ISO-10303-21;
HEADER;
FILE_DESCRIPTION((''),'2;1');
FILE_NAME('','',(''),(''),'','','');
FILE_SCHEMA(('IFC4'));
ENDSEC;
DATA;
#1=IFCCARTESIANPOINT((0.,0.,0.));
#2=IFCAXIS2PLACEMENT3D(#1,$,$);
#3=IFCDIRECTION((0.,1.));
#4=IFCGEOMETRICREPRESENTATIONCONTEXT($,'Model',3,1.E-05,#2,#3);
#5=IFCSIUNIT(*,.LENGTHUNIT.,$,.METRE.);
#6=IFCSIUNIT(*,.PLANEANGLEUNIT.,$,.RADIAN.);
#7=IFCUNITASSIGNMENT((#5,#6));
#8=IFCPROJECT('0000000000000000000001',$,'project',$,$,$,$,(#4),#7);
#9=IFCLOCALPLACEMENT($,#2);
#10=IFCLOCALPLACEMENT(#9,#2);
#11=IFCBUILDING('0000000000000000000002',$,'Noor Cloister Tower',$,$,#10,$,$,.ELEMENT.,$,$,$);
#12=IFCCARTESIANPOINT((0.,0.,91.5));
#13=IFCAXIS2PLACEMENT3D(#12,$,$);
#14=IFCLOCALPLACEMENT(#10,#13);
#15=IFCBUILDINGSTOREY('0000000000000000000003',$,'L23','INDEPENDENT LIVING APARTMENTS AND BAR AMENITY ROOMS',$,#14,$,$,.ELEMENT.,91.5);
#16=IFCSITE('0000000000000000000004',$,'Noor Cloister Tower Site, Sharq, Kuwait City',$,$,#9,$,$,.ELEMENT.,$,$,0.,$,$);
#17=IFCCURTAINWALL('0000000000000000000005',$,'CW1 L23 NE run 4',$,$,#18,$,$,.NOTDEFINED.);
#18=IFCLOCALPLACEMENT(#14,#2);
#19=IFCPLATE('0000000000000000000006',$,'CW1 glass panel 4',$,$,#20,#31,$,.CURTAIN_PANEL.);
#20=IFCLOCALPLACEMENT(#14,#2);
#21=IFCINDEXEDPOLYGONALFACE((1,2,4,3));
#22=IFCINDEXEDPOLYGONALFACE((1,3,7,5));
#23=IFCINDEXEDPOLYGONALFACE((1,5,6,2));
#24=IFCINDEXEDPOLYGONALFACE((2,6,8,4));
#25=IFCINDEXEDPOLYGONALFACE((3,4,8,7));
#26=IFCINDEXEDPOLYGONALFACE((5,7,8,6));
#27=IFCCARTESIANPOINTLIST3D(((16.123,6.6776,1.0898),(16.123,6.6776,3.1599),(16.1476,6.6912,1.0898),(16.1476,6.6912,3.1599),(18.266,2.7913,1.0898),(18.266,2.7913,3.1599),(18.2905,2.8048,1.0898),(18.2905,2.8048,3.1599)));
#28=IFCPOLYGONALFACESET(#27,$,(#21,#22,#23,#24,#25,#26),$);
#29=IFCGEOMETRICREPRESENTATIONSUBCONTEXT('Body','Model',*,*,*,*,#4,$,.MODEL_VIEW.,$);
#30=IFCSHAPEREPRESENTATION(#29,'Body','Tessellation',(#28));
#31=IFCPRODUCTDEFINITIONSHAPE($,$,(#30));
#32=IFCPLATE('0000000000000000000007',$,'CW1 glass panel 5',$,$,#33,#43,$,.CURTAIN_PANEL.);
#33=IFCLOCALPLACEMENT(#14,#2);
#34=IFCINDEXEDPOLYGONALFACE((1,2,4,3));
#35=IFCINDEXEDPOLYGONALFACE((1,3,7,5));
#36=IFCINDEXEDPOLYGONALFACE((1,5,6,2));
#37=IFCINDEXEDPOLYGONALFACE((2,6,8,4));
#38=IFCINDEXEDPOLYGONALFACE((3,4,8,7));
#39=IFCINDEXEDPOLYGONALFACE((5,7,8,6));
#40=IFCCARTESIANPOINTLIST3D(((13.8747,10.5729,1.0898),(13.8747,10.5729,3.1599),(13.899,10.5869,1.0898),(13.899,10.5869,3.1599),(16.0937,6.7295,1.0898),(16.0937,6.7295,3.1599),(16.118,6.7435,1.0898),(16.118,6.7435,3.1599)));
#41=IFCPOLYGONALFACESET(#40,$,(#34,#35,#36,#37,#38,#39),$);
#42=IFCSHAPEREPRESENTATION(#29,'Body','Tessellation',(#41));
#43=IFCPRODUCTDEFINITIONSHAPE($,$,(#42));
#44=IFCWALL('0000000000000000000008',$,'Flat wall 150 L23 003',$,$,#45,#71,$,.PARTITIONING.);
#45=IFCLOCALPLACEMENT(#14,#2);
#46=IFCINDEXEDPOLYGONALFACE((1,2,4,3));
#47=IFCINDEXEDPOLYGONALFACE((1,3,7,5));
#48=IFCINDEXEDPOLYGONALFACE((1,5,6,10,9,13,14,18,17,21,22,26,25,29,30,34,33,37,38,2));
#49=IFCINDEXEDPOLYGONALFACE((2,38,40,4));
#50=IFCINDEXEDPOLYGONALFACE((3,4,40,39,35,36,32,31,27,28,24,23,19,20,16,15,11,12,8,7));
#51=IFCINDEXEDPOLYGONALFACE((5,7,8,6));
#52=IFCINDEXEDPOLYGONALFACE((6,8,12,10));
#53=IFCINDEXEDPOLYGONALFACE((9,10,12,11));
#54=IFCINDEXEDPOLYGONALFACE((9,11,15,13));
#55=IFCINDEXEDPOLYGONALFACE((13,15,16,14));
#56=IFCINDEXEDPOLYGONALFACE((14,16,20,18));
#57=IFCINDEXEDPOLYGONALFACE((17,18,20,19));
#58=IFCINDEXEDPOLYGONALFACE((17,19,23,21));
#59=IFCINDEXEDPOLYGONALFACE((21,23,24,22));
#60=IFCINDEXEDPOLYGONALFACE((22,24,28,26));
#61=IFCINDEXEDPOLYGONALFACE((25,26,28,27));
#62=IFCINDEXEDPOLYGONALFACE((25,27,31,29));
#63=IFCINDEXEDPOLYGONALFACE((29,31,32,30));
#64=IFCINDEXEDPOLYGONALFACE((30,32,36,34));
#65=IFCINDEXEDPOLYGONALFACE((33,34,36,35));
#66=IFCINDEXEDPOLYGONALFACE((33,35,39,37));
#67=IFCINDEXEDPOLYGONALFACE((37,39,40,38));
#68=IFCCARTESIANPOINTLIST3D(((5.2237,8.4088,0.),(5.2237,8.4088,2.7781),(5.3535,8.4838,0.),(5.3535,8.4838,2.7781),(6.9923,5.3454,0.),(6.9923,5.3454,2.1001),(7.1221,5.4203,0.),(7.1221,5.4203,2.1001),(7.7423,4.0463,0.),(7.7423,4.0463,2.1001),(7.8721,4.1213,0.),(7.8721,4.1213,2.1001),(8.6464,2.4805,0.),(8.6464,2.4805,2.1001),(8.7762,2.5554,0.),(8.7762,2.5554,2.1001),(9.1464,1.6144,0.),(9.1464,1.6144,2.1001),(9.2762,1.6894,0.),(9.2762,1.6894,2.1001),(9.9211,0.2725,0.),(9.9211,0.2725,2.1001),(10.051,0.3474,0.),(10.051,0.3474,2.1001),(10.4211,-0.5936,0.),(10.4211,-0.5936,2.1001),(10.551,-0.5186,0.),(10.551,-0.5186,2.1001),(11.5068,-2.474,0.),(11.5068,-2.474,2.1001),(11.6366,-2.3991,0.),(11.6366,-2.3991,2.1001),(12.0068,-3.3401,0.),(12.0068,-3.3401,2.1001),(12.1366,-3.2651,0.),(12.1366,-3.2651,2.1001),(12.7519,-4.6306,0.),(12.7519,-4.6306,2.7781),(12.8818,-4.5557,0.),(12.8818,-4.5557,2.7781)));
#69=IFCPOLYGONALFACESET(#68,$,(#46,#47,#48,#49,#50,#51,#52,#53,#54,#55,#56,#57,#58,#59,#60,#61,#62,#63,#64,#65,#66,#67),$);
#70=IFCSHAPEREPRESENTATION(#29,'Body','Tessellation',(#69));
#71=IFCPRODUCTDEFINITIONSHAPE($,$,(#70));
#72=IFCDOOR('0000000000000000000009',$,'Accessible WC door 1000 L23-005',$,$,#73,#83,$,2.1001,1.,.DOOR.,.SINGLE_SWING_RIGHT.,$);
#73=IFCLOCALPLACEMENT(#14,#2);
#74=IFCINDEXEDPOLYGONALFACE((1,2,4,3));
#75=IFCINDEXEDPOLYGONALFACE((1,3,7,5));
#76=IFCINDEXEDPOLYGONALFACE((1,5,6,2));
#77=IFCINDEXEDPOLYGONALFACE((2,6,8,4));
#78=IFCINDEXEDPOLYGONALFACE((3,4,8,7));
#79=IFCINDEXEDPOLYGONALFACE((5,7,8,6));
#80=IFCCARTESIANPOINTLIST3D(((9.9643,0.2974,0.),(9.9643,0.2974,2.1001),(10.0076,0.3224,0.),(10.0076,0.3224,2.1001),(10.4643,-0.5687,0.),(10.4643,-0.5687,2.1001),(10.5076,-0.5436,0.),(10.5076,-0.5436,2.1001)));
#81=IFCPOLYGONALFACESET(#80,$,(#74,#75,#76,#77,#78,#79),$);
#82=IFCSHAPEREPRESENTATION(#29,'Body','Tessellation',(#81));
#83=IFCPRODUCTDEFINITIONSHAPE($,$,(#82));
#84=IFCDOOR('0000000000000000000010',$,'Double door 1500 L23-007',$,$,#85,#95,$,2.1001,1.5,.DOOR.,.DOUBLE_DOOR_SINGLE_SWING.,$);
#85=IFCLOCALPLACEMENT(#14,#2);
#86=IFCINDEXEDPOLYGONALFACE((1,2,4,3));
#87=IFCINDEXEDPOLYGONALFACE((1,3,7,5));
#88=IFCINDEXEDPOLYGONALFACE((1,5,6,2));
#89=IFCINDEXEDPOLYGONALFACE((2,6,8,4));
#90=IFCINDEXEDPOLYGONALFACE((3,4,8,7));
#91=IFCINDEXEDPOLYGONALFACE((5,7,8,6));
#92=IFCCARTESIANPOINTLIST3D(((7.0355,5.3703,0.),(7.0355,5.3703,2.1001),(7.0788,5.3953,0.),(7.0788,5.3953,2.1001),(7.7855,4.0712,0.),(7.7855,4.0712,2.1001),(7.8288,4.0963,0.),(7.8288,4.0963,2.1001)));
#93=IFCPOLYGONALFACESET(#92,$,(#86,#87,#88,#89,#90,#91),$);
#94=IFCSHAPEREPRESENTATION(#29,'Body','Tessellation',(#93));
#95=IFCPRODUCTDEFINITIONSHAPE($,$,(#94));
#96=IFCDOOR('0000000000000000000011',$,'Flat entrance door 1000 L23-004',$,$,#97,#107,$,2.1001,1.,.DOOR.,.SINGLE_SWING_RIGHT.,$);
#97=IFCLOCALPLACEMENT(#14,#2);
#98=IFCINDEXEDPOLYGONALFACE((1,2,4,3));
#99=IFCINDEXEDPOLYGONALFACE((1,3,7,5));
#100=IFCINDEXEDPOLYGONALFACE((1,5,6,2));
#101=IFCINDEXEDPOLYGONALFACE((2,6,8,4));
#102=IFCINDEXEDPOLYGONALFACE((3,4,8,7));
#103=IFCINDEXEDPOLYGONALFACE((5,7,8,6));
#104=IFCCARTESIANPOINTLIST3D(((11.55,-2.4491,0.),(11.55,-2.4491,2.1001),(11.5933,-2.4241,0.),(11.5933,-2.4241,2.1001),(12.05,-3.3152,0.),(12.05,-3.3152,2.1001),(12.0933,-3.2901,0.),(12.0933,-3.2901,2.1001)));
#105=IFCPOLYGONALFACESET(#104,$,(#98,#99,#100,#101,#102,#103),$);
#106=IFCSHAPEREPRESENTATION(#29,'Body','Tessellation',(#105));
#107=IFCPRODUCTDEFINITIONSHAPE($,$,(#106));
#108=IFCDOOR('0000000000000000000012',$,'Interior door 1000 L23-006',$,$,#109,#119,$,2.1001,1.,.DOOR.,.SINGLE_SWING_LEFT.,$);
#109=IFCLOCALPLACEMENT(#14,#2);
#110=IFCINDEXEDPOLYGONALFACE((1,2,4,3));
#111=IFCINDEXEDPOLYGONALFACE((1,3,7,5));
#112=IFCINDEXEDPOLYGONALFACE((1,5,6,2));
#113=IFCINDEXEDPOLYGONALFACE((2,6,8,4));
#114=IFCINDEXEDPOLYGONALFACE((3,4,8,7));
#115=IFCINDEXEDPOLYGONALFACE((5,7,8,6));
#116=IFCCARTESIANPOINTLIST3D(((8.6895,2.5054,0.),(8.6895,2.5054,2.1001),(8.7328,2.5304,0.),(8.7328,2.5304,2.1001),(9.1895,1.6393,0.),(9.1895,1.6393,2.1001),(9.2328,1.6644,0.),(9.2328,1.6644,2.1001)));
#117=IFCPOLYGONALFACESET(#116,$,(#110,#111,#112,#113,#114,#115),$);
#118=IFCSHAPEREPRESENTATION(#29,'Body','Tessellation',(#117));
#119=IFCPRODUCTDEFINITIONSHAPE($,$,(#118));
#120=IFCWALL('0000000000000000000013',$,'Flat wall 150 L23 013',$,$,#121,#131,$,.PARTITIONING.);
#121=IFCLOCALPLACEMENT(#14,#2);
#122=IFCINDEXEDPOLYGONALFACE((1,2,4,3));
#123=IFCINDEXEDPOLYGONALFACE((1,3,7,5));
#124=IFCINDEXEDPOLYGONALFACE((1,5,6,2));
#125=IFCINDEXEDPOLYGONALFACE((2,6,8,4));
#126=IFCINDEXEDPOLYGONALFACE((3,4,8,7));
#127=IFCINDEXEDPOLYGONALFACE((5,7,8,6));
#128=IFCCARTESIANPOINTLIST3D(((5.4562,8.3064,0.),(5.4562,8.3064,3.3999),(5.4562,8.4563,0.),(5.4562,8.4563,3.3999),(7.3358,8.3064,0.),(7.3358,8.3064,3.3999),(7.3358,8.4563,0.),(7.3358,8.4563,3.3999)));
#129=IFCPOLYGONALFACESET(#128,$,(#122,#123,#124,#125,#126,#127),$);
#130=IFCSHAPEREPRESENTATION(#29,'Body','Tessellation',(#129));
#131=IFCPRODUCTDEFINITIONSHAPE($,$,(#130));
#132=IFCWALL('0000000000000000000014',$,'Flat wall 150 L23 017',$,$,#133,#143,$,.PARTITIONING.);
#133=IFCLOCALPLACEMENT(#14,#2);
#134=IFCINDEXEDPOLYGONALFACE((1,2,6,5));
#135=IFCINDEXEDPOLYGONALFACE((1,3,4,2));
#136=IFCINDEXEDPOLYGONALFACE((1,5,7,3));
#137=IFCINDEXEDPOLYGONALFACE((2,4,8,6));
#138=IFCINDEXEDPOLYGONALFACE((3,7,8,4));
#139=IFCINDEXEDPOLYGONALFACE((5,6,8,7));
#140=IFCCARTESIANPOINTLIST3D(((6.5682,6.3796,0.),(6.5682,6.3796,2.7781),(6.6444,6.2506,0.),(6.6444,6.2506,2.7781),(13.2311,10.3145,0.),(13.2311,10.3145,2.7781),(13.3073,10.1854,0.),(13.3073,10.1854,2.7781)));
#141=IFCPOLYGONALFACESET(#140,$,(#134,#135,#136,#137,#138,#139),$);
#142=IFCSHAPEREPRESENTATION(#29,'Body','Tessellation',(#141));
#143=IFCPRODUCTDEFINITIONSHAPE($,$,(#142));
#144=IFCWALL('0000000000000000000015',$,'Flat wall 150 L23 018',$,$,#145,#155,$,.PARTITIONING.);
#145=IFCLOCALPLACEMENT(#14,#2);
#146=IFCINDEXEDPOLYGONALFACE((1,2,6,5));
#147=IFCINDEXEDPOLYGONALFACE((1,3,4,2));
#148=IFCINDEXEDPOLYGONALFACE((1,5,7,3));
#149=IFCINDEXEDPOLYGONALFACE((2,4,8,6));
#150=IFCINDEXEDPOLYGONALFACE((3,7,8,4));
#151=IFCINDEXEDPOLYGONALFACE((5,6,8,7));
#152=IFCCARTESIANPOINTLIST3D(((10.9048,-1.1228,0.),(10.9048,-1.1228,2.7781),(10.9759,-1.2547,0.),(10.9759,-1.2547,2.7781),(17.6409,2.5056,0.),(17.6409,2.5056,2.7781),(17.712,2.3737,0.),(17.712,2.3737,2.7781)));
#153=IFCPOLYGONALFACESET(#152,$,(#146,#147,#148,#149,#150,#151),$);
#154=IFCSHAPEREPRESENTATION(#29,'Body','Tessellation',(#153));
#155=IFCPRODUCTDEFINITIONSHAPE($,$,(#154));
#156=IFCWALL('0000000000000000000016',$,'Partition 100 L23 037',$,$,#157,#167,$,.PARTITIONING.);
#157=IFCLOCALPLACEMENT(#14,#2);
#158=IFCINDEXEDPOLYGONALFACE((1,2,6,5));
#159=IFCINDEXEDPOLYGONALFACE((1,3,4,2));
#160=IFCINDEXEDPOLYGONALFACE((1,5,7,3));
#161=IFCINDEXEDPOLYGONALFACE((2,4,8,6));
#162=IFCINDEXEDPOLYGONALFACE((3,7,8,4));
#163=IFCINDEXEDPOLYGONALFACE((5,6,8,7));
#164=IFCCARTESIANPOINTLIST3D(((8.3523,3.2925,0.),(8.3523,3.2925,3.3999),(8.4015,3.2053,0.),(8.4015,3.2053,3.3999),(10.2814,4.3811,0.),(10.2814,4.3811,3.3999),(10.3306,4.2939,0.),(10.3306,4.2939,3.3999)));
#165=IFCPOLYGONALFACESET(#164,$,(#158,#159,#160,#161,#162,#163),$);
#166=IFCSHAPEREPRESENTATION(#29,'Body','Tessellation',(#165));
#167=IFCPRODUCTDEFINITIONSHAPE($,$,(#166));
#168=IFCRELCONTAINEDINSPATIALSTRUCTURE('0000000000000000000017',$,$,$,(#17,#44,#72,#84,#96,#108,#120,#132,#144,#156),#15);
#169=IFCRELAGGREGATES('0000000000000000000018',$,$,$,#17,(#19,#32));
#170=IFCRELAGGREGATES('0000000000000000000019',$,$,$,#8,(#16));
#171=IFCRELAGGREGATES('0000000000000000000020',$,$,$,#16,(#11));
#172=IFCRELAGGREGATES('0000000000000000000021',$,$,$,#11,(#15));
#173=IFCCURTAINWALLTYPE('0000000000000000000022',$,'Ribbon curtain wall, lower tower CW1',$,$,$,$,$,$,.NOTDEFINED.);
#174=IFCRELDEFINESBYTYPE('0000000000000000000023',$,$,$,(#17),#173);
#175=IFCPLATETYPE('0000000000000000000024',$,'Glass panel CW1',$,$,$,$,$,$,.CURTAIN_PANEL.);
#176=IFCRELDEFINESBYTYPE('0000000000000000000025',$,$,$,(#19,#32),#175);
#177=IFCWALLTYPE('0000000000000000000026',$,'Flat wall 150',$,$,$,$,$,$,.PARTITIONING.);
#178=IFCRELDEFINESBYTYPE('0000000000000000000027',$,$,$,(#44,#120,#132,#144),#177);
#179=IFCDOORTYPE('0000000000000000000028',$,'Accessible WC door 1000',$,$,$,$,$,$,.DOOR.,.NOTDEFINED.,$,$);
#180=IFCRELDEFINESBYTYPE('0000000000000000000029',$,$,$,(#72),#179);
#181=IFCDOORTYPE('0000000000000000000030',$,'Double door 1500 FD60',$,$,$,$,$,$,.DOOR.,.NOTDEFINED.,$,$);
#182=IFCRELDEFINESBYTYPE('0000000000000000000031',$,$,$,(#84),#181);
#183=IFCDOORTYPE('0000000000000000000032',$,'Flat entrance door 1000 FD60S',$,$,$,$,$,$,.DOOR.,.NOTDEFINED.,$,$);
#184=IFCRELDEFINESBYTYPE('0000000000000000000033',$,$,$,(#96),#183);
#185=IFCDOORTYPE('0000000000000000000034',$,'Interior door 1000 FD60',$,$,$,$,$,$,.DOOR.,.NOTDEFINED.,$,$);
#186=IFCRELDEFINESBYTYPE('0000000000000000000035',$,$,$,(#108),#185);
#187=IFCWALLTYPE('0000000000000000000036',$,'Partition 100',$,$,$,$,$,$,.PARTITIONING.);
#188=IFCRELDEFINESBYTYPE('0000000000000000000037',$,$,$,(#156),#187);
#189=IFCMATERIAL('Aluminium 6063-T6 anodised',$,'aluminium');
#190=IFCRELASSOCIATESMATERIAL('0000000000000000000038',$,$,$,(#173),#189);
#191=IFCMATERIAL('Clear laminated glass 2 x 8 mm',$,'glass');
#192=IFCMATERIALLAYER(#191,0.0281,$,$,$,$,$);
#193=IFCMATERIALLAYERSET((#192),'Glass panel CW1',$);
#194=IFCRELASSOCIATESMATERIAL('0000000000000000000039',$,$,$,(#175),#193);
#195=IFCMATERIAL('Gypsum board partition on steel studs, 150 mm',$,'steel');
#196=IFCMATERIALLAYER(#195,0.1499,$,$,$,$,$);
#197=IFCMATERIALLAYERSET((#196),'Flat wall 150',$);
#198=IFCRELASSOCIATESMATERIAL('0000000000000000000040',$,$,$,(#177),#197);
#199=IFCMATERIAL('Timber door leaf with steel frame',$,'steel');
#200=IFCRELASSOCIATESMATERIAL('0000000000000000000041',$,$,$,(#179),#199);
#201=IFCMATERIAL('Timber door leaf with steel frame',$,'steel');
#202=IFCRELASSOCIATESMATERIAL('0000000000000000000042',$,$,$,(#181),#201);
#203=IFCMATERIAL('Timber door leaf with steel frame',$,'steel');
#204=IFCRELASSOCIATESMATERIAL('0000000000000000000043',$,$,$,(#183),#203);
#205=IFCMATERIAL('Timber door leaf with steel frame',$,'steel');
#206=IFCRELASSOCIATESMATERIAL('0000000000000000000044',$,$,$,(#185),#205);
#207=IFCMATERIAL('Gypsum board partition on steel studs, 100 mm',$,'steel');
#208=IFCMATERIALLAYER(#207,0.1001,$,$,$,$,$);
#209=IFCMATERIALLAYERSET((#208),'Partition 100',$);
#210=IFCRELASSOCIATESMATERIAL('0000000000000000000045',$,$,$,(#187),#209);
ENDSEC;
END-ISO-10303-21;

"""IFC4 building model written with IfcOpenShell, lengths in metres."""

from ifc_helpers import new_model, si_unit, direction, frame, frame_2d, origin, origin_2d, place, context, subcontext, project, spatial, rectangle, extrude, material, layer, layer_set, type_object, element, fill, aggregate, save


model = new_model("IFC4")

# Units and contexts
model_context = context("Model", 3, precision=1e-05, world=origin(), true_north=direction((0.0, 1.0)))
body_context = subcontext(model_context, "Body", "Model", "MODEL_VIEW")
ifc_project = project(units=[si_unit("LENGTHUNIT", "METRE"), si_unit("PLANEANGLEUNIT", "RADIAN")], contexts=[model_context])

# Site, building, storey
site_placement = place(None, origin())
site = spatial("IfcSite", under=ifc_project, at=site_placement, Name="Noor Cloister Tower Site, Sharq, Kuwait City", CompositionType="ELEMENT", RefElevation=0.0)
building_placement = place(site_placement, origin())
building = spatial("IfcBuilding", under=site, at=building_placement, Name="Noor Cloister Tower", CompositionType="ELEMENT")
storey_placement = place(building_placement, frame((0.0, 0.0, 91.5)))
storey = spatial("IfcBuildingStorey", under=building, at=storey_placement, Name="L23", Description="INDEPENDENT LIVING APARTMENTS AND BAR AMENITY ROOMS", CompositionType="ELEMENT", Elevation=91.5)

# Curtain wall
ifc_material_1 = material(Name="Aluminium 6063-T6 anodised", Category="aluminium")
curtain_wall_type = type_object("IfcCurtainWallType", Name="Ribbon curtain wall, lower tower CW1", PredefinedType="NOTDEFINED", material=ifc_material_1)
curtain_wall_placement = place(storey_placement, origin())
curtain_wall = element("IfcCurtainWall", 1, at=curtain_wall_placement, inside=storey, type_object=curtain_wall_type, Name="CW1 L23 NE run 4", PredefinedType="NOTDEFINED")

# Plates
ifc_material_2 = material(Name="Clear laminated glass 2 x 8 mm", Category="glass")
ifc_layer_1 = layer(ifc_material_2, 0.0281)
ifc_layer_set_1 = layer_set([ifc_layer_1], Name="Glass panel CW1")
plate_type = type_object("IfcPlateType", Name="Glass panel CW1", PredefinedType="CURTAIN_PANEL", material=ifc_layer_set_1)
plate_1_placement = place(storey_placement, frame((17.2068, 4.7412, 1.0898), z_axis=(0.0, 0.0, 1.0), x_axis=(-0.482858, 0.875699, 0.0)))
plate_1 = element("IfcPlate", 2, at=plate_1_placement, type_object=plate_type, Name="CW1 glass panel 4", PredefinedType="CURTAIN_PANEL", context=body_context, shape_type="SweptSolid", body=[
    extrude(rectangle(XDim=4.438, YDim=0.0281, at=origin_2d()), origin(), (0.0, 0.0, 1.0), 2.0701),
])
plate_2_placement = place(storey_placement, frame((14.9963, 8.6582, 1.0898), z_axis=(0.0, 0.0, 1.0), x_axis=(-0.5, 0.866025, 0.0)))
plate_2 = element("IfcPlate", 3, at=plate_2_placement, type_object=plate_type, Name="CW1 glass panel 5", PredefinedType="CURTAIN_PANEL", context=body_context, shape_type="SweptSolid", body=[
    extrude(rectangle(XDim=4.438, YDim=0.0281, at=origin_2d()), origin(), (0.0, 0.0, 1.0), 2.0701),
])
aggregate(curtain_wall, [plate_1, plate_2])

# Wall, openings, doors
ifc_material_3 = material(Name="Gypsum board partition on steel studs, 150 mm", Category="steel")
ifc_layer_2 = layer(ifc_material_3, 0.1499)
ifc_layer_set_2 = layer_set([ifc_layer_2], Name="Flat wall 150")
wall_type_1 = type_object("IfcWallType", Name="Flat wall 150", PredefinedType="PARTITIONING", material=ifc_layer_set_2)
wall_1_placement = place(storey_placement, frame((5.2886, 8.4463, 0.0), z_axis=(0.0, 0.0, 1.0), x_axis=(0.499997, -0.866027, 0.0)))
wall_1 = element("IfcWall", 4, at=wall_1_placement, inside=storey, type_object=wall_type_1, Name="Flat wall 150 L23 003", PredefinedType="PARTITIONING", context=body_context, shape_type="SweptSolid", body=[
    extrude(rectangle(XDim=15.0566, YDim=0.1499, at=frame_2d((7.5283, 0.0))), origin(), (0.0, 0.0, 1.0), 2.7781),
])
opening_1_placement = place(wall_1_placement, frame((12.5664, 0.0, 0.0)))
opening_1 = element("IfcOpeningElement", 5, at=opening_1_placement, cuts=wall_1, PredefinedType="OPENING", context=body_context, shape_type="SweptSolid", body=[
    extrude(rectangle(XDim=1.0, YDim=2.1001, at=frame_2d((0.5, 1.05))), frame((0.0, 0.085, 0.0), z_axis=(0.0, -1.0, 0.0), x_axis=(1.0, 0.0, 0.0)), (0.0, 0.0, 1.0), 0.1699),
])
opening_2_placement = place(wall_1_placement, frame((9.395, 0.0, 0.0)))
opening_2 = element("IfcOpeningElement", 6, at=opening_2_placement, cuts=wall_1, PredefinedType="OPENING", context=body_context, shape_type="SweptSolid", body=[
    extrude(rectangle(XDim=1.0, YDim=2.1001, at=frame_2d((0.5, 1.05))), frame((0.0, 0.085, 0.0), z_axis=(0.0, -1.0, 0.0), x_axis=(1.0, 0.0, 0.0)), (0.0, 0.0, 1.0), 0.1699),
])
opening_3_placement = place(wall_1_placement, frame((6.8455, 0.0, 0.0)))
opening_3 = element("IfcOpeningElement", 7, at=opening_3_placement, cuts=wall_1, PredefinedType="OPENING", context=body_context, shape_type="SweptSolid", body=[
    extrude(rectangle(XDim=1.0, YDim=2.1001, at=frame_2d((0.5, 1.05))), frame((0.0, 0.085, 0.0), z_axis=(0.0, -1.0, 0.0), x_axis=(1.0, 0.0, 0.0)), (0.0, 0.0, 1.0), 0.1699),
])
opening_4_placement = place(wall_1_placement, frame((3.5374, 0.0, 0.0)))
opening_4 = element("IfcOpeningElement", 8, at=opening_4_placement, cuts=wall_1, PredefinedType="OPENING", context=body_context, shape_type="SweptSolid", body=[
    extrude(rectangle(XDim=1.5, YDim=2.1001, at=frame_2d((0.75, 1.05))), frame((0.0, 0.085, 0.0), z_axis=(0.0, -1.0, 0.0), x_axis=(1.0, 0.0, 0.0)), (0.0, 0.0, 1.0), 0.1699),
])
ifc_material_4 = material(Name="Timber door leaf with steel frame", Category="steel")
door_type_1 = type_object("IfcDoorType", Name="Accessible WC door 1000", OperationType="NOTDEFINED", PredefinedType="DOOR", material=ifc_material_4)
door_1_placement = place(opening_2_placement, origin())
door_1 = element("IfcDoor", 9, at=door_1_placement, inside=storey, type_object=door_type_1, Name="Accessible WC door 1000 L23-005", OperationType="SINGLE_SWING_RIGHT", OverallHeight=2.1001, OverallWidth=1.0, PredefinedType="DOOR", context=body_context, shape_type="SweptSolid", body=[
    extrude(rectangle(XDim=1.0, YDim=2.1001, at=frame_2d((0.5, 1.05))), frame((0.0, 0.0249, 0.0), z_axis=(0.0, -1.0, 0.0), x_axis=(1.0, 0.0, 0.0)), (0.0, 0.0, 1.0), 0.05),
])
fill(opening_2, door_1)
ifc_material_5 = material(Name="Timber door leaf with steel frame", Category="steel")
door_type_2 = type_object("IfcDoorType", Name="Double door 1500 FD60", OperationType="NOTDEFINED", PredefinedType="DOOR", material=ifc_material_5)
door_2_placement = place(opening_4_placement, origin())
door_2 = element("IfcDoor", 10, at=door_2_placement, inside=storey, type_object=door_type_2, Name="Double door 1500 L23-007", OperationType="DOUBLE_DOOR_SINGLE_SWING", OverallHeight=2.1001, OverallWidth=1.5, PredefinedType="DOOR", context=body_context, shape_type="SweptSolid", body=[
    extrude(rectangle(XDim=1.5, YDim=2.1001, at=frame_2d((0.75, 1.05))), frame((0.0, 0.0249, 0.0), z_axis=(0.0, -1.0, 0.0), x_axis=(1.0, 0.0, 0.0)), (0.0, 0.0, 1.0), 0.05),
])
fill(opening_4, door_2)
ifc_material_6 = material(Name="Timber door leaf with steel frame", Category="steel")
door_type_3 = type_object("IfcDoorType", Name="Flat entrance door 1000 FD60S", OperationType="NOTDEFINED", PredefinedType="DOOR", material=ifc_material_6)
door_3_placement = place(opening_1_placement, origin())
door_3 = element("IfcDoor", 11, at=door_3_placement, inside=storey, type_object=door_type_3, Name="Flat entrance door 1000 L23-004", OperationType="SINGLE_SWING_RIGHT", OverallHeight=2.1001, OverallWidth=1.0, PredefinedType="DOOR", context=body_context, shape_type="SweptSolid", body=[
    extrude(rectangle(XDim=1.0, YDim=2.1001, at=frame_2d((0.5, 1.05))), frame((0.0, 0.0249, 0.0), z_axis=(0.0, -1.0, 0.0), x_axis=(1.0, 0.0, 0.0)), (0.0, 0.0, 1.0), 0.05),
])
fill(opening_1, door_3)
ifc_material_7 = material(Name="Timber door leaf with steel frame", Category="steel")
door_type_4 = type_object("IfcDoorType", Name="Interior door 1000 FD60", OperationType="NOTDEFINED", PredefinedType="DOOR", material=ifc_material_7)
door_4_placement = place(opening_3_placement, origin())
door_4 = element("IfcDoor", 12, at=door_4_placement, inside=storey, type_object=door_type_4, Name="Interior door 1000 L23-006", OperationType="SINGLE_SWING_LEFT", OverallHeight=2.1001, OverallWidth=1.0, PredefinedType="DOOR", context=body_context, shape_type="SweptSolid", body=[
    extrude(rectangle(XDim=1.0, YDim=2.1001, at=frame_2d((0.5, 1.05))), frame((0.0, 0.0249, 0.0), z_axis=(0.0, -1.0, 0.0), x_axis=(1.0, 0.0, 0.0)), (0.0, 0.0, 1.0), 0.05),
])
fill(opening_3, door_4)

# Walls
wall_2_placement = place(storey_placement, frame((5.4561, 8.3813, 0.0), z_axis=(0.0, 0.0, 1.0), x_axis=(1.0, 0.0, 0.0)))
element("IfcWall", 13, at=wall_2_placement, inside=storey, type_object=wall_type_1, Name="Flat wall 150 L23 013", PredefinedType="PARTITIONING", context=body_context, shape_type="SweptSolid", body=[
    extrude(rectangle(XDim=1.8796, YDim=0.1499, at=frame_2d((0.9399, 0.0))), origin(), (0.0, 0.0, 1.0), 3.3999),
])
wall_3_placement = place(storey_placement, frame((13.2693, 10.25, 0.0), z_axis=(0.0, 0.0, 1.0), x_axis=(-0.861058, -0.508507, 0.0)))
element("IfcWall", 14, at=wall_3_placement, inside=storey, type_object=wall_type_1, Name="Flat wall 150 L23 017", PredefinedType="PARTITIONING", context=body_context, shape_type="SweptSolid", body=[
    extrude(rectangle(XDim=7.738, YDim=0.1499, at=frame_2d((3.8691, 0.0))), origin(), (0.0, 0.0, 1.0), 2.7781),
])
wall_4_placement = place(storey_placement, frame((17.6765, 2.4397, 0.0), z_axis=(0.0, 0.0, 1.0), x_axis=(-0.8804, -0.474231, 0.0)))
element("IfcWall", 15, at=wall_4_placement, inside=storey, type_object=wall_type_1, Name="Flat wall 150 L23 018", PredefinedType="PARTITIONING", context=body_context, shape_type="SweptSolid", body=[
    extrude(rectangle(XDim=7.6511, YDim=0.1499, at=frame_2d((3.8257, 0.0))), origin(), (0.0, 0.0, 1.0), 2.7781),
])
ifc_material_8 = material(Name="Gypsum board partition on steel studs, 100 mm", Category="steel")
ifc_layer_3 = layer(ifc_material_8, 0.1001)
ifc_layer_set_3 = layer_set([ifc_layer_3], Name="Partition 100")
wall_type_2 = type_object("IfcWallType", Name="Partition 100", PredefinedType="PARTITIONING", material=ifc_layer_set_3)
wall_5_placement = place(storey_placement, frame((10.3059, 4.3374, 0.0), z_axis=(0.0, 0.0, 1.0), x_axis=(-0.87091, -0.491443, 0.0)))
element("IfcWall", 16, at=wall_5_placement, inside=storey, type_object=wall_type_2, Name="Partition 100 L23 037", PredefinedType="PARTITIONING", context=body_context, shape_type="SweptSolid", body=[
    extrude(rectangle(XDim=2.2151, YDim=0.1001, at=frame_2d((1.1074, 0.0))), origin(), (0.0, 0.0, 1.0), 3.3999),
])

save(model, "model.ifc")
